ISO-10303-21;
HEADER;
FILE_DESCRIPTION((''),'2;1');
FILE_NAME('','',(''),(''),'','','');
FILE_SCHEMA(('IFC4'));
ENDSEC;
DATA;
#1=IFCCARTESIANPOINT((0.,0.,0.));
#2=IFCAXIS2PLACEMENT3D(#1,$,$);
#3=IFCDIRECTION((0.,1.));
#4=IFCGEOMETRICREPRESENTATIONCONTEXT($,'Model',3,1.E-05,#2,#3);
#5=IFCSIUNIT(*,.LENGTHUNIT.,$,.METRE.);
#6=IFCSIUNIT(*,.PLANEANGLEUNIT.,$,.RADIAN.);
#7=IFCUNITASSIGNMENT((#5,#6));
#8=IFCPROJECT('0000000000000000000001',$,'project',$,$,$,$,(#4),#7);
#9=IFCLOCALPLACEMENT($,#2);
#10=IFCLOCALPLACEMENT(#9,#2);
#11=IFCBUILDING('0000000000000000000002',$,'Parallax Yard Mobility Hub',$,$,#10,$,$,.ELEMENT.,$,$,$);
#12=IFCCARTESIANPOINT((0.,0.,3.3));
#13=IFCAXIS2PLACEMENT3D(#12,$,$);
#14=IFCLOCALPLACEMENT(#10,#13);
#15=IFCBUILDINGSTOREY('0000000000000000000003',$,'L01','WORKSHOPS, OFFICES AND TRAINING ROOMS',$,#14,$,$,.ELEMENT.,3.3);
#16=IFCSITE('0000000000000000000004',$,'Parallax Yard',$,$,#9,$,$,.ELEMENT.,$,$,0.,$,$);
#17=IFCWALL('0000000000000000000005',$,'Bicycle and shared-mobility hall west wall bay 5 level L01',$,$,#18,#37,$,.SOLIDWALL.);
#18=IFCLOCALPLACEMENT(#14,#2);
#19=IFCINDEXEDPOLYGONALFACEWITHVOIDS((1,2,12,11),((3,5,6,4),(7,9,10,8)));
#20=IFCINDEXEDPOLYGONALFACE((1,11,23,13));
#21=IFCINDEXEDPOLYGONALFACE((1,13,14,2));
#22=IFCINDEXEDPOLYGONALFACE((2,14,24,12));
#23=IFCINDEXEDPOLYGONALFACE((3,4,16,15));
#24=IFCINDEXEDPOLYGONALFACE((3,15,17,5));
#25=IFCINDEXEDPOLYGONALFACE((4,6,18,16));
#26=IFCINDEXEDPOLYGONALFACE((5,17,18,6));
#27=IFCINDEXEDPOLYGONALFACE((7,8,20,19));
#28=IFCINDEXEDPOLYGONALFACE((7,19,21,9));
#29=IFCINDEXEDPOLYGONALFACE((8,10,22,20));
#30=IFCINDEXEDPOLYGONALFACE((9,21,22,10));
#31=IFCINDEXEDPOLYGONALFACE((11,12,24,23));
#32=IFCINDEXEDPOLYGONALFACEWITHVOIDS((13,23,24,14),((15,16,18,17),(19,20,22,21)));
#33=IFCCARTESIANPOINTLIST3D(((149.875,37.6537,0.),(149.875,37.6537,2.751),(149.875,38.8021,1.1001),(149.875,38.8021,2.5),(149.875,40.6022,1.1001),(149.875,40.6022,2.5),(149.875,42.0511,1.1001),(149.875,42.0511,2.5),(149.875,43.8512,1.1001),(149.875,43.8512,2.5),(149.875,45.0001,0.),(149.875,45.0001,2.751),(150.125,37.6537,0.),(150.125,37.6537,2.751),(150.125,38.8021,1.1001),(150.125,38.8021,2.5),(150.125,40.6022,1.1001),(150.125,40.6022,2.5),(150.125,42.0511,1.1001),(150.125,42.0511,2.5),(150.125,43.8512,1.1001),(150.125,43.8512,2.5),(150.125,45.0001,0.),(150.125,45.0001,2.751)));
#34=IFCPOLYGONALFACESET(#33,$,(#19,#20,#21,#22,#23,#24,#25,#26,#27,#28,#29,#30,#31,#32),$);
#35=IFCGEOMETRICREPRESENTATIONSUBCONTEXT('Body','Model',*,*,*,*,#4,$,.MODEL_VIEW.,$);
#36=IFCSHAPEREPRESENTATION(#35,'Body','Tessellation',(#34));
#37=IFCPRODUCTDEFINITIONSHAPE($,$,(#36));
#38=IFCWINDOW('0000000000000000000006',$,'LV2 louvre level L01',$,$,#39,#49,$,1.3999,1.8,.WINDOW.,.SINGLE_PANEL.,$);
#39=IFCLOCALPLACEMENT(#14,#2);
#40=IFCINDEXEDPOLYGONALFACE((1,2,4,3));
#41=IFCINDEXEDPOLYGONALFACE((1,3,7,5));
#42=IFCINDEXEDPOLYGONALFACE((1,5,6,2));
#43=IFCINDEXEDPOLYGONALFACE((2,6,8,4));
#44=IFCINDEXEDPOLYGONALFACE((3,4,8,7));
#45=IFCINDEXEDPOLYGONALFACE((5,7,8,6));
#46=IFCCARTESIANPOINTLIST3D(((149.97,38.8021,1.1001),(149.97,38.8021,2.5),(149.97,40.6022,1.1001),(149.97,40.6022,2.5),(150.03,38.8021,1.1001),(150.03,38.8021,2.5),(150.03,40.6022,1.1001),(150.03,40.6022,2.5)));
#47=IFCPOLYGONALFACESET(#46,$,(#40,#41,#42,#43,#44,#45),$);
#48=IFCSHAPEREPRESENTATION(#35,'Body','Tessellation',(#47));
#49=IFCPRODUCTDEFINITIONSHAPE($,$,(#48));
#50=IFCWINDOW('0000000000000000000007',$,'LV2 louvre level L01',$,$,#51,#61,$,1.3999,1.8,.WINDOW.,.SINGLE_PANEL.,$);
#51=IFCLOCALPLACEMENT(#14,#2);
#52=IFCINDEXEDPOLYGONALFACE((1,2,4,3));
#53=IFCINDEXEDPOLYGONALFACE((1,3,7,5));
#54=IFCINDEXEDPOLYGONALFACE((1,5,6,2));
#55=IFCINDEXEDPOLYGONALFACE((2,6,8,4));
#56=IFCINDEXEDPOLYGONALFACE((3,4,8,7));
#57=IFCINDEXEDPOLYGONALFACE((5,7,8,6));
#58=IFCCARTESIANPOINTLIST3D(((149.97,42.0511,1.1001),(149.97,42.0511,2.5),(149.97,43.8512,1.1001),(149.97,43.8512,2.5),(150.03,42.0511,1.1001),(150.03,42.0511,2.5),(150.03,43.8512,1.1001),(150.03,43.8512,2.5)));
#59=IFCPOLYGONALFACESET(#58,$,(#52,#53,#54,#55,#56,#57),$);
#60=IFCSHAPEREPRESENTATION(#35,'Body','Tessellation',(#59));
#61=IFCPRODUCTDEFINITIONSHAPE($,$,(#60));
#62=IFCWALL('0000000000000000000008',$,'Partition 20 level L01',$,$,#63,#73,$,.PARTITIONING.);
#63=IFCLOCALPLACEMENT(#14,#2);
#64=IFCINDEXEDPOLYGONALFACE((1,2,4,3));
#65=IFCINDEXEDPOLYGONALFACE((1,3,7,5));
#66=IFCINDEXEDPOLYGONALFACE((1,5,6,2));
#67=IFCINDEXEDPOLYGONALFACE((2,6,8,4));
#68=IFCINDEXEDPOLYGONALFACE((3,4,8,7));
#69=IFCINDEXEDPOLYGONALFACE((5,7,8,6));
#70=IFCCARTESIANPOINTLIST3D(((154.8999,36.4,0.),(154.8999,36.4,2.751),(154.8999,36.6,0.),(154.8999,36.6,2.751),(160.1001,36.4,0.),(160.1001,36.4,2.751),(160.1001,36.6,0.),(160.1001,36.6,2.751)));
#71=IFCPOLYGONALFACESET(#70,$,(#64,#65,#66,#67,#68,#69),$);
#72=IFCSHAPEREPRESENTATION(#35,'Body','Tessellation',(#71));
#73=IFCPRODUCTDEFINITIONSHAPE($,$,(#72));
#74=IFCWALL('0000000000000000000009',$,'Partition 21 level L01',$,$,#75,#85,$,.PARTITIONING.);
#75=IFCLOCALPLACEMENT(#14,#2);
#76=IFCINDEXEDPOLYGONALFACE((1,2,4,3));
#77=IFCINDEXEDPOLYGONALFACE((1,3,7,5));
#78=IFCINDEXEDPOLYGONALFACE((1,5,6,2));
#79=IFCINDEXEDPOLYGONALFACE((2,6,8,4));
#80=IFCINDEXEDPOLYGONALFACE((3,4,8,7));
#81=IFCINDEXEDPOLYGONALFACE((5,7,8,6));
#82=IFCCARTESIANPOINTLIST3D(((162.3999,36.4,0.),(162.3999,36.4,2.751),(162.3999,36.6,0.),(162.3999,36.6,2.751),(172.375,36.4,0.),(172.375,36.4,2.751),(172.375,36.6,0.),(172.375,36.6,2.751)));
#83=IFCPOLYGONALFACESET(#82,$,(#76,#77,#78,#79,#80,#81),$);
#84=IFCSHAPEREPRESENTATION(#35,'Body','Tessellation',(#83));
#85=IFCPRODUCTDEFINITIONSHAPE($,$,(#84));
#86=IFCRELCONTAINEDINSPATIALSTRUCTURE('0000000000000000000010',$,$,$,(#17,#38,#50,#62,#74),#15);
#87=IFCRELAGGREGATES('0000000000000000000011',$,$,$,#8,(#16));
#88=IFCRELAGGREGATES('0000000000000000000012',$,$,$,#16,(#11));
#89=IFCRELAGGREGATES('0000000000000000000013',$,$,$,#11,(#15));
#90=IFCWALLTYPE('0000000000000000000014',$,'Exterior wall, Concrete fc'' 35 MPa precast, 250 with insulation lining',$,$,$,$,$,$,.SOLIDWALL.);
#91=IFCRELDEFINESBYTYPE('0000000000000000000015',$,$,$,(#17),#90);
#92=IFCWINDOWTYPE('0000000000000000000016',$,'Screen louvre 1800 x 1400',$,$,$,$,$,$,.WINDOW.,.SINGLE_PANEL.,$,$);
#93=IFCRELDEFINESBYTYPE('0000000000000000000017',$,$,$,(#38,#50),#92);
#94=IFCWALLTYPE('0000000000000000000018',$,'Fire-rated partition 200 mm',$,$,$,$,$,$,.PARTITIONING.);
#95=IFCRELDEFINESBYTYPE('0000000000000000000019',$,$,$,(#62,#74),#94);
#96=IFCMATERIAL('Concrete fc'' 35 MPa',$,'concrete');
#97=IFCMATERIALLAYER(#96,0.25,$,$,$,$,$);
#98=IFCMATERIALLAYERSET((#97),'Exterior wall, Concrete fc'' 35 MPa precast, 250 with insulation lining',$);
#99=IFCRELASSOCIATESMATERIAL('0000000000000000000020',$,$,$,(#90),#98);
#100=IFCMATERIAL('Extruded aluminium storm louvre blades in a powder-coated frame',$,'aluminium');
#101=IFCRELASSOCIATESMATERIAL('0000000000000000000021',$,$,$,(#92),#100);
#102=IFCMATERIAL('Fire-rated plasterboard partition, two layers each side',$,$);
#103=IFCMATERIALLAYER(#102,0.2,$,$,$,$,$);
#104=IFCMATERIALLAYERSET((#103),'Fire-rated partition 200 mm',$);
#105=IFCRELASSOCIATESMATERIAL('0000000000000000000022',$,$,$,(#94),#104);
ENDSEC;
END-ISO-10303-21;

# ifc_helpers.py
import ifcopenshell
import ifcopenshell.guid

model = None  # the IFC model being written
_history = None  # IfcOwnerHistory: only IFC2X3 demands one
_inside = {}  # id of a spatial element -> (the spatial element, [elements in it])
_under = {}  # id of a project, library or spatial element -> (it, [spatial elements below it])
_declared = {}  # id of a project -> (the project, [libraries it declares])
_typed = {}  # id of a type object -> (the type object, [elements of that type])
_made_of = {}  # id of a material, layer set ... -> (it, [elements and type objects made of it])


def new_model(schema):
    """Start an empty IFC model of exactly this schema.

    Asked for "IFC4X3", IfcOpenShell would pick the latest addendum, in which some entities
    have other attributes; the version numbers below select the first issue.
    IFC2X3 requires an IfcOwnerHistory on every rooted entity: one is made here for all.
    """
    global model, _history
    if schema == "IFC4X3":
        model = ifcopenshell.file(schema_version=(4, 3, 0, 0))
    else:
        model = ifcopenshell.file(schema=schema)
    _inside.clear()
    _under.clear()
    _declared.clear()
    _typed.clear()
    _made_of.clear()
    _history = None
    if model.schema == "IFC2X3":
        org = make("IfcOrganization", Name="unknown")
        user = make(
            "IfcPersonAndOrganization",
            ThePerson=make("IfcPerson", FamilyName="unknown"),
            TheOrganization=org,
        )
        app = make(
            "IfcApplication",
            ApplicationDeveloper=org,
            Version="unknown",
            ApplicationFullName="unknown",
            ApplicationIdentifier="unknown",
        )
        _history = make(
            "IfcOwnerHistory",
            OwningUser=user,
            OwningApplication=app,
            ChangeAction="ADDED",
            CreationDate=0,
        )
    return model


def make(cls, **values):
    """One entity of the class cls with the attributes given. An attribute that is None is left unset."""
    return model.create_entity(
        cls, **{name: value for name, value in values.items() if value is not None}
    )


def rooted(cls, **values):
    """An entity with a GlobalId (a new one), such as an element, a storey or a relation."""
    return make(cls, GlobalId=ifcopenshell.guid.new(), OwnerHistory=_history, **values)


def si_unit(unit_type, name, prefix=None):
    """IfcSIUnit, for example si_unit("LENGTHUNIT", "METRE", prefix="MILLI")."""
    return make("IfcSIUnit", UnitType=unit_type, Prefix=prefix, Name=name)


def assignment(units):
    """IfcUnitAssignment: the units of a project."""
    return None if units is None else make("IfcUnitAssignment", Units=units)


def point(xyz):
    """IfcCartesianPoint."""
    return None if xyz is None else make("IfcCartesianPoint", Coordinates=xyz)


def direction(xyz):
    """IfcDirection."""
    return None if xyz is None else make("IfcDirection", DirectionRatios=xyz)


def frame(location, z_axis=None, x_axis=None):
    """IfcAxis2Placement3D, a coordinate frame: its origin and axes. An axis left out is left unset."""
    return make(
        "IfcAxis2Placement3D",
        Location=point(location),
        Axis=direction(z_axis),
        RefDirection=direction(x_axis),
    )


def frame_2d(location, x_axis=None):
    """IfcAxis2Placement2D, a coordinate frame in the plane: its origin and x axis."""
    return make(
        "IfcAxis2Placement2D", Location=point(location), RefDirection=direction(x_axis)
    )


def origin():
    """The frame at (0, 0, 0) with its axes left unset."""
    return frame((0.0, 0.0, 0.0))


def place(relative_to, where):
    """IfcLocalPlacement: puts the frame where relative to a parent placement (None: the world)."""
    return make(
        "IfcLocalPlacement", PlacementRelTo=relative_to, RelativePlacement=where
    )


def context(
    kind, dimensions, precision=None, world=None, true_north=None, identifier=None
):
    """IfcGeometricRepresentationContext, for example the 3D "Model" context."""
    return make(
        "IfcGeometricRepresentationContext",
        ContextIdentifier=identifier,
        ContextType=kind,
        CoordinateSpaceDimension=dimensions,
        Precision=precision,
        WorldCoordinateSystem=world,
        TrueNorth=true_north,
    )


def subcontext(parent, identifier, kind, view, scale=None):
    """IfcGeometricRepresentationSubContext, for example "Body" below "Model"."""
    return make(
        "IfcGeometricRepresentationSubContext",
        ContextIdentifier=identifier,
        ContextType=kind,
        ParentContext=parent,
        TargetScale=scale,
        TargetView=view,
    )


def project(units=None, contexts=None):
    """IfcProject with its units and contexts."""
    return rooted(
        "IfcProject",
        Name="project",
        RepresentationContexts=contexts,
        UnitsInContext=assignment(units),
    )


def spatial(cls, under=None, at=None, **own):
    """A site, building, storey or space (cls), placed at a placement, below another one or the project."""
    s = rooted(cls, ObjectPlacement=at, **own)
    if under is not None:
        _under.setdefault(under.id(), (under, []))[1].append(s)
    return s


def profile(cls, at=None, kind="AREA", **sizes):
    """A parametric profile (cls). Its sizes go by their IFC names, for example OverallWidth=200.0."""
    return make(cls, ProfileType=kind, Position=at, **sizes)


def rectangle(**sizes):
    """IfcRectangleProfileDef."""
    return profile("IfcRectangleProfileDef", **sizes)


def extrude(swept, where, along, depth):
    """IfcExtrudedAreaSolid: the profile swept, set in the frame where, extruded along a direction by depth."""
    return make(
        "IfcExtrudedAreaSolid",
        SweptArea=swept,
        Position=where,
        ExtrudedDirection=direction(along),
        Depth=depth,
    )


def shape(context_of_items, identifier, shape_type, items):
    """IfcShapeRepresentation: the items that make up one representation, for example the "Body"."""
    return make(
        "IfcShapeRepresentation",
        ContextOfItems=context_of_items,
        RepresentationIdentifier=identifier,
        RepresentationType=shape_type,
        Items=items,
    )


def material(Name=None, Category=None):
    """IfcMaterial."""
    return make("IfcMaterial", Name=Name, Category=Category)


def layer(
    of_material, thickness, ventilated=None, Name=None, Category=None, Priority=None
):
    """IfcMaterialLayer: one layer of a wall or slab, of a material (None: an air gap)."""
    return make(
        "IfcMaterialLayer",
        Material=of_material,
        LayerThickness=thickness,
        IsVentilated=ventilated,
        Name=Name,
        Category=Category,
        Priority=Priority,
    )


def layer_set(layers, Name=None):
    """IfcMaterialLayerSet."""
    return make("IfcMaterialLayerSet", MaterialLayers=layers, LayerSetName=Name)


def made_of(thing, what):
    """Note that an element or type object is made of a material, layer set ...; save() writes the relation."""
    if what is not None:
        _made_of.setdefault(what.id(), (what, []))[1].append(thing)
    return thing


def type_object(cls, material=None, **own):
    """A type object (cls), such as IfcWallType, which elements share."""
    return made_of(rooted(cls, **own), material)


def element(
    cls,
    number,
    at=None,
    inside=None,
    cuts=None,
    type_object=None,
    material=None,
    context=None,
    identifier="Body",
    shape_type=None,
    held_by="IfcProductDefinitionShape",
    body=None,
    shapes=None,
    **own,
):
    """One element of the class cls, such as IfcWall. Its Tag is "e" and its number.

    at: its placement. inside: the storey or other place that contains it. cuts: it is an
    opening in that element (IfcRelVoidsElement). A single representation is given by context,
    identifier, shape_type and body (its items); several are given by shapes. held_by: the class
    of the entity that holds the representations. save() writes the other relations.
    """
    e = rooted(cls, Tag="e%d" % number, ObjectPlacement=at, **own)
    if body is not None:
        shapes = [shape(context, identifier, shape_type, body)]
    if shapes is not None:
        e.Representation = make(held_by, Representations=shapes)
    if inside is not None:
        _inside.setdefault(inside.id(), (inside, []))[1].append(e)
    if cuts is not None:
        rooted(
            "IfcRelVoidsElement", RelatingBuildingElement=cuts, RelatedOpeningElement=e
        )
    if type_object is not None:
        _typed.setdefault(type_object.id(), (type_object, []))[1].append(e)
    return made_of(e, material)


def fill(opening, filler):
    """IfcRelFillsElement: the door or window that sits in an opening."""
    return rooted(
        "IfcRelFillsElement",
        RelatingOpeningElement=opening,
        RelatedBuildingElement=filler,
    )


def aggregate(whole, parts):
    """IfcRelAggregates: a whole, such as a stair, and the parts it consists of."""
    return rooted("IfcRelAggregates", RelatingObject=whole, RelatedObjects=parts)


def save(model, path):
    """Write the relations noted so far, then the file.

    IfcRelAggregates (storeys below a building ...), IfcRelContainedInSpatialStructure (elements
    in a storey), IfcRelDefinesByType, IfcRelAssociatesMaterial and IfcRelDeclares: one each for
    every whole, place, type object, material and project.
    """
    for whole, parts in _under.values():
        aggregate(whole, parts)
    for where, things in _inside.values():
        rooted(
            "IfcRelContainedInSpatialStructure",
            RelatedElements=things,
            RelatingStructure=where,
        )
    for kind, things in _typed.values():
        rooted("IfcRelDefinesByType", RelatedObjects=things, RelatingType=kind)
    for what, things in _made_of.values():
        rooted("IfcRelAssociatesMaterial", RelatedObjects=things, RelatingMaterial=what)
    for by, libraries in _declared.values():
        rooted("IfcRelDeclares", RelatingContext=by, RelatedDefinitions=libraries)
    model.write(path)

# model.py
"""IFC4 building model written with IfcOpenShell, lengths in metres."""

from ifc_helpers import new_model, si_unit, direction, frame, frame_2d, origin, place, context, subcontext, project, spatial, rectangle, extrude, material, layer, layer_set, type_object, element, fill, save


model = new_model("IFC4")

# Units and contexts
model_context = context("Model", 3, precision=1e-05, world=origin(), true_north=direction((0.0, 1.0)))
body_context = subcontext(model_context, "Body", "Model", "MODEL_VIEW")
ifc_project = project(units=[si_unit("LENGTHUNIT", "METRE"), si_unit("PLANEANGLEUNIT", "RADIAN")], contexts=[model_context])

# Site, building, storey
site_placement = place(None, origin())
site = spatial("IfcSite", under=ifc_project, at=site_placement, Name="Parallax Yard", CompositionType="ELEMENT", RefElevation=0.0)
building_placement = place(site_placement, origin())
building = spatial("IfcBuilding", under=site, at=building_placement, Name="Parallax Yard Mobility Hub", CompositionType="ELEMENT")
storey_placement = place(building_placement, frame((0.0, 0.0, 3.3)))
storey = spatial("IfcBuildingStorey", under=building, at=storey_placement, Name="L01", Description="WORKSHOPS, OFFICES AND TRAINING ROOMS", CompositionType="ELEMENT", Elevation=3.3)

# Shared definitions
ifc_material_1 = material(Name="Concrete fc' 35 MPa", Category="concrete")

# Wall, openings, windows
ifc_layer_1 = layer(ifc_material_1, 0.25)
ifc_layer_set_1 = layer_set([ifc_layer_1], Name="Exterior wall, Concrete fc' 35 MPa precast, 250 with insulation lining")
wall_type_1 = type_object("IfcWallType", Name="Exterior wall, Concrete fc' 35 MPa precast, 250 with insulation lining", PredefinedType="SOLIDWALL", material=ifc_layer_set_1)
wall_1_placement = place(storey_placement, frame((150.0, 37.6536, 0.0), z_axis=(0.0, 0.0, 1.0), x_axis=(0.0, 1.0, 0.0)))
wall_1 = element("IfcWall", 1, at=wall_1_placement, inside=storey, type_object=wall_type_1, Name="Bicycle and shared-mobility hall west wall bay 5 level L01", PredefinedType="SOLIDWALL", context=body_context, shape_type="SweptSolid", body=[
    extrude(rectangle(XDim=7.3464, YDim=0.25, at=frame_2d((3.6733, 0.0))), origin(), (0.0, 0.0, 1.0), 2.751),
])
opening_1_placement = place(wall_1_placement, frame((1.1487, 0.0, 1.1001)))
opening_1 = element("IfcOpeningElement", 2, at=opening_1_placement, cuts=wall_1, PredefinedType="OPENING", context=body_context, shape_type="SweptSolid", body=[
    extrude(rectangle(XDim=1.8, YDim=1.3999, at=frame_2d((0.8999, 0.7))), frame((0.0, 0.135, 0.0), z_axis=(0.0, -1.0, 0.0), x_axis=(1.0, 0.0, 0.0)), (0.0, 0.0, 1.0), 0.27),
])
opening_2_placement = place(wall_1_placement, frame((4.3977, 0.0, 1.1001)))
opening_2 = element("IfcOpeningElement", 3, at=opening_2_placement, cuts=wall_1, PredefinedType="OPENING", context=body_context, shape_type="SweptSolid", body=[
    extrude(rectangle(XDim=1.8, YDim=1.3999, at=frame_2d((0.8999, 0.7))), frame((0.0, 0.135, 0.0), z_axis=(0.0, -1.0, 0.0), x_axis=(1.0, 0.0, 0.0)), (0.0, 0.0, 1.0), 0.27),
])
ifc_material_2 = material(Name="Extruded aluminium storm louvre blades in a powder-coated frame", Category="aluminium")
window_type = type_object("IfcWindowType", Name="Screen louvre 1800 x 1400", PartitioningType="SINGLE_PANEL", PredefinedType="WINDOW", material=ifc_material_2)
window_1_placement = place(opening_1_placement, origin())
window_1 = element("IfcWindow", 4, at=window_1_placement, inside=storey, type_object=window_type, Name="LV2 louvre level L01", OverallHeight=1.3999, OverallWidth=1.8, PartitioningType="SINGLE_PANEL", PredefinedType="WINDOW", context=body_context, shape_type="SweptSolid", body=[
    extrude(rectangle(XDim=1.8, YDim=1.3999, at=frame_2d((0.8999, 0.7))), frame((0.0, 0.03, 0.0), z_axis=(0.0, -1.0, 0.0), x_axis=(1.0, 0.0, 0.0)), (0.0, 0.0, 1.0), 0.0601),
])
fill(opening_1, window_1)
window_2_placement = place(opening_2_placement, origin())
window_2 = element("IfcWindow", 5, at=window_2_placement, inside=storey, type_object=window_type, Name="LV2 louvre level L01", OverallHeight=1.3999, OverallWidth=1.8, PartitioningType="SINGLE_PANEL", PredefinedType="WINDOW", context=body_context, shape_type="SweptSolid", body=[
    extrude(rectangle(XDim=1.8, YDim=1.3999, at=frame_2d((0.8999, 0.7))), frame((0.0, 0.03, 0.0), z_axis=(0.0, -1.0, 0.0), x_axis=(1.0, 0.0, 0.0)), (0.0, 0.0, 1.0), 0.0601),
])
fill(opening_2, window_2)

# Walls
ifc_material_3 = material(Name="Fire-rated plasterboard partition, two layers each side")
ifc_layer_2 = layer(ifc_material_3, 0.2)
ifc_layer_set_2 = layer_set([ifc_layer_2], Name="Fire-rated partition 200 mm")
wall_type_2 = type_object("IfcWallType", Name="Fire-rated partition 200 mm", PredefinedType="PARTITIONING", material=ifc_layer_set_2)
wall_2_placement = place(storey_placement, frame((154.8999, 36.5, 0.0), z_axis=(0.0, 0.0, 1.0), x_axis=(1.0, 0.0, 0.0)))
element("IfcWall", 6, at=wall_2_placement, inside=storey, type_object=wall_type_2, Name="Partition 20 level L01", PredefinedType="PARTITIONING", context=body_context, shape_type="SweptSolid", body=[
    extrude(rectangle(XDim=5.2002, YDim=0.2, at=frame_2d((2.6001, 0.0))), origin(), (0.0, 0.0, 1.0), 2.751),
])
wall_3_placement = place(storey_placement, frame((162.3999, 36.5, 0.0), z_axis=(0.0, 0.0, 1.0), x_axis=(1.0, 0.0, 0.0)))
element("IfcWall", 7, at=wall_3_placement, inside=storey, type_object=wall_type_2, Name="Partition 21 level L01", PredefinedType="PARTITIONING", context=body_context, shape_type="SweptSolid", body=[
    extrude(rectangle(XDim=9.9751, YDim=0.2, at=frame_2d((4.9875, 0.0))), origin(), (0.0, 0.0, 1.0), 2.751),
])

save(model, "model.ifc")
